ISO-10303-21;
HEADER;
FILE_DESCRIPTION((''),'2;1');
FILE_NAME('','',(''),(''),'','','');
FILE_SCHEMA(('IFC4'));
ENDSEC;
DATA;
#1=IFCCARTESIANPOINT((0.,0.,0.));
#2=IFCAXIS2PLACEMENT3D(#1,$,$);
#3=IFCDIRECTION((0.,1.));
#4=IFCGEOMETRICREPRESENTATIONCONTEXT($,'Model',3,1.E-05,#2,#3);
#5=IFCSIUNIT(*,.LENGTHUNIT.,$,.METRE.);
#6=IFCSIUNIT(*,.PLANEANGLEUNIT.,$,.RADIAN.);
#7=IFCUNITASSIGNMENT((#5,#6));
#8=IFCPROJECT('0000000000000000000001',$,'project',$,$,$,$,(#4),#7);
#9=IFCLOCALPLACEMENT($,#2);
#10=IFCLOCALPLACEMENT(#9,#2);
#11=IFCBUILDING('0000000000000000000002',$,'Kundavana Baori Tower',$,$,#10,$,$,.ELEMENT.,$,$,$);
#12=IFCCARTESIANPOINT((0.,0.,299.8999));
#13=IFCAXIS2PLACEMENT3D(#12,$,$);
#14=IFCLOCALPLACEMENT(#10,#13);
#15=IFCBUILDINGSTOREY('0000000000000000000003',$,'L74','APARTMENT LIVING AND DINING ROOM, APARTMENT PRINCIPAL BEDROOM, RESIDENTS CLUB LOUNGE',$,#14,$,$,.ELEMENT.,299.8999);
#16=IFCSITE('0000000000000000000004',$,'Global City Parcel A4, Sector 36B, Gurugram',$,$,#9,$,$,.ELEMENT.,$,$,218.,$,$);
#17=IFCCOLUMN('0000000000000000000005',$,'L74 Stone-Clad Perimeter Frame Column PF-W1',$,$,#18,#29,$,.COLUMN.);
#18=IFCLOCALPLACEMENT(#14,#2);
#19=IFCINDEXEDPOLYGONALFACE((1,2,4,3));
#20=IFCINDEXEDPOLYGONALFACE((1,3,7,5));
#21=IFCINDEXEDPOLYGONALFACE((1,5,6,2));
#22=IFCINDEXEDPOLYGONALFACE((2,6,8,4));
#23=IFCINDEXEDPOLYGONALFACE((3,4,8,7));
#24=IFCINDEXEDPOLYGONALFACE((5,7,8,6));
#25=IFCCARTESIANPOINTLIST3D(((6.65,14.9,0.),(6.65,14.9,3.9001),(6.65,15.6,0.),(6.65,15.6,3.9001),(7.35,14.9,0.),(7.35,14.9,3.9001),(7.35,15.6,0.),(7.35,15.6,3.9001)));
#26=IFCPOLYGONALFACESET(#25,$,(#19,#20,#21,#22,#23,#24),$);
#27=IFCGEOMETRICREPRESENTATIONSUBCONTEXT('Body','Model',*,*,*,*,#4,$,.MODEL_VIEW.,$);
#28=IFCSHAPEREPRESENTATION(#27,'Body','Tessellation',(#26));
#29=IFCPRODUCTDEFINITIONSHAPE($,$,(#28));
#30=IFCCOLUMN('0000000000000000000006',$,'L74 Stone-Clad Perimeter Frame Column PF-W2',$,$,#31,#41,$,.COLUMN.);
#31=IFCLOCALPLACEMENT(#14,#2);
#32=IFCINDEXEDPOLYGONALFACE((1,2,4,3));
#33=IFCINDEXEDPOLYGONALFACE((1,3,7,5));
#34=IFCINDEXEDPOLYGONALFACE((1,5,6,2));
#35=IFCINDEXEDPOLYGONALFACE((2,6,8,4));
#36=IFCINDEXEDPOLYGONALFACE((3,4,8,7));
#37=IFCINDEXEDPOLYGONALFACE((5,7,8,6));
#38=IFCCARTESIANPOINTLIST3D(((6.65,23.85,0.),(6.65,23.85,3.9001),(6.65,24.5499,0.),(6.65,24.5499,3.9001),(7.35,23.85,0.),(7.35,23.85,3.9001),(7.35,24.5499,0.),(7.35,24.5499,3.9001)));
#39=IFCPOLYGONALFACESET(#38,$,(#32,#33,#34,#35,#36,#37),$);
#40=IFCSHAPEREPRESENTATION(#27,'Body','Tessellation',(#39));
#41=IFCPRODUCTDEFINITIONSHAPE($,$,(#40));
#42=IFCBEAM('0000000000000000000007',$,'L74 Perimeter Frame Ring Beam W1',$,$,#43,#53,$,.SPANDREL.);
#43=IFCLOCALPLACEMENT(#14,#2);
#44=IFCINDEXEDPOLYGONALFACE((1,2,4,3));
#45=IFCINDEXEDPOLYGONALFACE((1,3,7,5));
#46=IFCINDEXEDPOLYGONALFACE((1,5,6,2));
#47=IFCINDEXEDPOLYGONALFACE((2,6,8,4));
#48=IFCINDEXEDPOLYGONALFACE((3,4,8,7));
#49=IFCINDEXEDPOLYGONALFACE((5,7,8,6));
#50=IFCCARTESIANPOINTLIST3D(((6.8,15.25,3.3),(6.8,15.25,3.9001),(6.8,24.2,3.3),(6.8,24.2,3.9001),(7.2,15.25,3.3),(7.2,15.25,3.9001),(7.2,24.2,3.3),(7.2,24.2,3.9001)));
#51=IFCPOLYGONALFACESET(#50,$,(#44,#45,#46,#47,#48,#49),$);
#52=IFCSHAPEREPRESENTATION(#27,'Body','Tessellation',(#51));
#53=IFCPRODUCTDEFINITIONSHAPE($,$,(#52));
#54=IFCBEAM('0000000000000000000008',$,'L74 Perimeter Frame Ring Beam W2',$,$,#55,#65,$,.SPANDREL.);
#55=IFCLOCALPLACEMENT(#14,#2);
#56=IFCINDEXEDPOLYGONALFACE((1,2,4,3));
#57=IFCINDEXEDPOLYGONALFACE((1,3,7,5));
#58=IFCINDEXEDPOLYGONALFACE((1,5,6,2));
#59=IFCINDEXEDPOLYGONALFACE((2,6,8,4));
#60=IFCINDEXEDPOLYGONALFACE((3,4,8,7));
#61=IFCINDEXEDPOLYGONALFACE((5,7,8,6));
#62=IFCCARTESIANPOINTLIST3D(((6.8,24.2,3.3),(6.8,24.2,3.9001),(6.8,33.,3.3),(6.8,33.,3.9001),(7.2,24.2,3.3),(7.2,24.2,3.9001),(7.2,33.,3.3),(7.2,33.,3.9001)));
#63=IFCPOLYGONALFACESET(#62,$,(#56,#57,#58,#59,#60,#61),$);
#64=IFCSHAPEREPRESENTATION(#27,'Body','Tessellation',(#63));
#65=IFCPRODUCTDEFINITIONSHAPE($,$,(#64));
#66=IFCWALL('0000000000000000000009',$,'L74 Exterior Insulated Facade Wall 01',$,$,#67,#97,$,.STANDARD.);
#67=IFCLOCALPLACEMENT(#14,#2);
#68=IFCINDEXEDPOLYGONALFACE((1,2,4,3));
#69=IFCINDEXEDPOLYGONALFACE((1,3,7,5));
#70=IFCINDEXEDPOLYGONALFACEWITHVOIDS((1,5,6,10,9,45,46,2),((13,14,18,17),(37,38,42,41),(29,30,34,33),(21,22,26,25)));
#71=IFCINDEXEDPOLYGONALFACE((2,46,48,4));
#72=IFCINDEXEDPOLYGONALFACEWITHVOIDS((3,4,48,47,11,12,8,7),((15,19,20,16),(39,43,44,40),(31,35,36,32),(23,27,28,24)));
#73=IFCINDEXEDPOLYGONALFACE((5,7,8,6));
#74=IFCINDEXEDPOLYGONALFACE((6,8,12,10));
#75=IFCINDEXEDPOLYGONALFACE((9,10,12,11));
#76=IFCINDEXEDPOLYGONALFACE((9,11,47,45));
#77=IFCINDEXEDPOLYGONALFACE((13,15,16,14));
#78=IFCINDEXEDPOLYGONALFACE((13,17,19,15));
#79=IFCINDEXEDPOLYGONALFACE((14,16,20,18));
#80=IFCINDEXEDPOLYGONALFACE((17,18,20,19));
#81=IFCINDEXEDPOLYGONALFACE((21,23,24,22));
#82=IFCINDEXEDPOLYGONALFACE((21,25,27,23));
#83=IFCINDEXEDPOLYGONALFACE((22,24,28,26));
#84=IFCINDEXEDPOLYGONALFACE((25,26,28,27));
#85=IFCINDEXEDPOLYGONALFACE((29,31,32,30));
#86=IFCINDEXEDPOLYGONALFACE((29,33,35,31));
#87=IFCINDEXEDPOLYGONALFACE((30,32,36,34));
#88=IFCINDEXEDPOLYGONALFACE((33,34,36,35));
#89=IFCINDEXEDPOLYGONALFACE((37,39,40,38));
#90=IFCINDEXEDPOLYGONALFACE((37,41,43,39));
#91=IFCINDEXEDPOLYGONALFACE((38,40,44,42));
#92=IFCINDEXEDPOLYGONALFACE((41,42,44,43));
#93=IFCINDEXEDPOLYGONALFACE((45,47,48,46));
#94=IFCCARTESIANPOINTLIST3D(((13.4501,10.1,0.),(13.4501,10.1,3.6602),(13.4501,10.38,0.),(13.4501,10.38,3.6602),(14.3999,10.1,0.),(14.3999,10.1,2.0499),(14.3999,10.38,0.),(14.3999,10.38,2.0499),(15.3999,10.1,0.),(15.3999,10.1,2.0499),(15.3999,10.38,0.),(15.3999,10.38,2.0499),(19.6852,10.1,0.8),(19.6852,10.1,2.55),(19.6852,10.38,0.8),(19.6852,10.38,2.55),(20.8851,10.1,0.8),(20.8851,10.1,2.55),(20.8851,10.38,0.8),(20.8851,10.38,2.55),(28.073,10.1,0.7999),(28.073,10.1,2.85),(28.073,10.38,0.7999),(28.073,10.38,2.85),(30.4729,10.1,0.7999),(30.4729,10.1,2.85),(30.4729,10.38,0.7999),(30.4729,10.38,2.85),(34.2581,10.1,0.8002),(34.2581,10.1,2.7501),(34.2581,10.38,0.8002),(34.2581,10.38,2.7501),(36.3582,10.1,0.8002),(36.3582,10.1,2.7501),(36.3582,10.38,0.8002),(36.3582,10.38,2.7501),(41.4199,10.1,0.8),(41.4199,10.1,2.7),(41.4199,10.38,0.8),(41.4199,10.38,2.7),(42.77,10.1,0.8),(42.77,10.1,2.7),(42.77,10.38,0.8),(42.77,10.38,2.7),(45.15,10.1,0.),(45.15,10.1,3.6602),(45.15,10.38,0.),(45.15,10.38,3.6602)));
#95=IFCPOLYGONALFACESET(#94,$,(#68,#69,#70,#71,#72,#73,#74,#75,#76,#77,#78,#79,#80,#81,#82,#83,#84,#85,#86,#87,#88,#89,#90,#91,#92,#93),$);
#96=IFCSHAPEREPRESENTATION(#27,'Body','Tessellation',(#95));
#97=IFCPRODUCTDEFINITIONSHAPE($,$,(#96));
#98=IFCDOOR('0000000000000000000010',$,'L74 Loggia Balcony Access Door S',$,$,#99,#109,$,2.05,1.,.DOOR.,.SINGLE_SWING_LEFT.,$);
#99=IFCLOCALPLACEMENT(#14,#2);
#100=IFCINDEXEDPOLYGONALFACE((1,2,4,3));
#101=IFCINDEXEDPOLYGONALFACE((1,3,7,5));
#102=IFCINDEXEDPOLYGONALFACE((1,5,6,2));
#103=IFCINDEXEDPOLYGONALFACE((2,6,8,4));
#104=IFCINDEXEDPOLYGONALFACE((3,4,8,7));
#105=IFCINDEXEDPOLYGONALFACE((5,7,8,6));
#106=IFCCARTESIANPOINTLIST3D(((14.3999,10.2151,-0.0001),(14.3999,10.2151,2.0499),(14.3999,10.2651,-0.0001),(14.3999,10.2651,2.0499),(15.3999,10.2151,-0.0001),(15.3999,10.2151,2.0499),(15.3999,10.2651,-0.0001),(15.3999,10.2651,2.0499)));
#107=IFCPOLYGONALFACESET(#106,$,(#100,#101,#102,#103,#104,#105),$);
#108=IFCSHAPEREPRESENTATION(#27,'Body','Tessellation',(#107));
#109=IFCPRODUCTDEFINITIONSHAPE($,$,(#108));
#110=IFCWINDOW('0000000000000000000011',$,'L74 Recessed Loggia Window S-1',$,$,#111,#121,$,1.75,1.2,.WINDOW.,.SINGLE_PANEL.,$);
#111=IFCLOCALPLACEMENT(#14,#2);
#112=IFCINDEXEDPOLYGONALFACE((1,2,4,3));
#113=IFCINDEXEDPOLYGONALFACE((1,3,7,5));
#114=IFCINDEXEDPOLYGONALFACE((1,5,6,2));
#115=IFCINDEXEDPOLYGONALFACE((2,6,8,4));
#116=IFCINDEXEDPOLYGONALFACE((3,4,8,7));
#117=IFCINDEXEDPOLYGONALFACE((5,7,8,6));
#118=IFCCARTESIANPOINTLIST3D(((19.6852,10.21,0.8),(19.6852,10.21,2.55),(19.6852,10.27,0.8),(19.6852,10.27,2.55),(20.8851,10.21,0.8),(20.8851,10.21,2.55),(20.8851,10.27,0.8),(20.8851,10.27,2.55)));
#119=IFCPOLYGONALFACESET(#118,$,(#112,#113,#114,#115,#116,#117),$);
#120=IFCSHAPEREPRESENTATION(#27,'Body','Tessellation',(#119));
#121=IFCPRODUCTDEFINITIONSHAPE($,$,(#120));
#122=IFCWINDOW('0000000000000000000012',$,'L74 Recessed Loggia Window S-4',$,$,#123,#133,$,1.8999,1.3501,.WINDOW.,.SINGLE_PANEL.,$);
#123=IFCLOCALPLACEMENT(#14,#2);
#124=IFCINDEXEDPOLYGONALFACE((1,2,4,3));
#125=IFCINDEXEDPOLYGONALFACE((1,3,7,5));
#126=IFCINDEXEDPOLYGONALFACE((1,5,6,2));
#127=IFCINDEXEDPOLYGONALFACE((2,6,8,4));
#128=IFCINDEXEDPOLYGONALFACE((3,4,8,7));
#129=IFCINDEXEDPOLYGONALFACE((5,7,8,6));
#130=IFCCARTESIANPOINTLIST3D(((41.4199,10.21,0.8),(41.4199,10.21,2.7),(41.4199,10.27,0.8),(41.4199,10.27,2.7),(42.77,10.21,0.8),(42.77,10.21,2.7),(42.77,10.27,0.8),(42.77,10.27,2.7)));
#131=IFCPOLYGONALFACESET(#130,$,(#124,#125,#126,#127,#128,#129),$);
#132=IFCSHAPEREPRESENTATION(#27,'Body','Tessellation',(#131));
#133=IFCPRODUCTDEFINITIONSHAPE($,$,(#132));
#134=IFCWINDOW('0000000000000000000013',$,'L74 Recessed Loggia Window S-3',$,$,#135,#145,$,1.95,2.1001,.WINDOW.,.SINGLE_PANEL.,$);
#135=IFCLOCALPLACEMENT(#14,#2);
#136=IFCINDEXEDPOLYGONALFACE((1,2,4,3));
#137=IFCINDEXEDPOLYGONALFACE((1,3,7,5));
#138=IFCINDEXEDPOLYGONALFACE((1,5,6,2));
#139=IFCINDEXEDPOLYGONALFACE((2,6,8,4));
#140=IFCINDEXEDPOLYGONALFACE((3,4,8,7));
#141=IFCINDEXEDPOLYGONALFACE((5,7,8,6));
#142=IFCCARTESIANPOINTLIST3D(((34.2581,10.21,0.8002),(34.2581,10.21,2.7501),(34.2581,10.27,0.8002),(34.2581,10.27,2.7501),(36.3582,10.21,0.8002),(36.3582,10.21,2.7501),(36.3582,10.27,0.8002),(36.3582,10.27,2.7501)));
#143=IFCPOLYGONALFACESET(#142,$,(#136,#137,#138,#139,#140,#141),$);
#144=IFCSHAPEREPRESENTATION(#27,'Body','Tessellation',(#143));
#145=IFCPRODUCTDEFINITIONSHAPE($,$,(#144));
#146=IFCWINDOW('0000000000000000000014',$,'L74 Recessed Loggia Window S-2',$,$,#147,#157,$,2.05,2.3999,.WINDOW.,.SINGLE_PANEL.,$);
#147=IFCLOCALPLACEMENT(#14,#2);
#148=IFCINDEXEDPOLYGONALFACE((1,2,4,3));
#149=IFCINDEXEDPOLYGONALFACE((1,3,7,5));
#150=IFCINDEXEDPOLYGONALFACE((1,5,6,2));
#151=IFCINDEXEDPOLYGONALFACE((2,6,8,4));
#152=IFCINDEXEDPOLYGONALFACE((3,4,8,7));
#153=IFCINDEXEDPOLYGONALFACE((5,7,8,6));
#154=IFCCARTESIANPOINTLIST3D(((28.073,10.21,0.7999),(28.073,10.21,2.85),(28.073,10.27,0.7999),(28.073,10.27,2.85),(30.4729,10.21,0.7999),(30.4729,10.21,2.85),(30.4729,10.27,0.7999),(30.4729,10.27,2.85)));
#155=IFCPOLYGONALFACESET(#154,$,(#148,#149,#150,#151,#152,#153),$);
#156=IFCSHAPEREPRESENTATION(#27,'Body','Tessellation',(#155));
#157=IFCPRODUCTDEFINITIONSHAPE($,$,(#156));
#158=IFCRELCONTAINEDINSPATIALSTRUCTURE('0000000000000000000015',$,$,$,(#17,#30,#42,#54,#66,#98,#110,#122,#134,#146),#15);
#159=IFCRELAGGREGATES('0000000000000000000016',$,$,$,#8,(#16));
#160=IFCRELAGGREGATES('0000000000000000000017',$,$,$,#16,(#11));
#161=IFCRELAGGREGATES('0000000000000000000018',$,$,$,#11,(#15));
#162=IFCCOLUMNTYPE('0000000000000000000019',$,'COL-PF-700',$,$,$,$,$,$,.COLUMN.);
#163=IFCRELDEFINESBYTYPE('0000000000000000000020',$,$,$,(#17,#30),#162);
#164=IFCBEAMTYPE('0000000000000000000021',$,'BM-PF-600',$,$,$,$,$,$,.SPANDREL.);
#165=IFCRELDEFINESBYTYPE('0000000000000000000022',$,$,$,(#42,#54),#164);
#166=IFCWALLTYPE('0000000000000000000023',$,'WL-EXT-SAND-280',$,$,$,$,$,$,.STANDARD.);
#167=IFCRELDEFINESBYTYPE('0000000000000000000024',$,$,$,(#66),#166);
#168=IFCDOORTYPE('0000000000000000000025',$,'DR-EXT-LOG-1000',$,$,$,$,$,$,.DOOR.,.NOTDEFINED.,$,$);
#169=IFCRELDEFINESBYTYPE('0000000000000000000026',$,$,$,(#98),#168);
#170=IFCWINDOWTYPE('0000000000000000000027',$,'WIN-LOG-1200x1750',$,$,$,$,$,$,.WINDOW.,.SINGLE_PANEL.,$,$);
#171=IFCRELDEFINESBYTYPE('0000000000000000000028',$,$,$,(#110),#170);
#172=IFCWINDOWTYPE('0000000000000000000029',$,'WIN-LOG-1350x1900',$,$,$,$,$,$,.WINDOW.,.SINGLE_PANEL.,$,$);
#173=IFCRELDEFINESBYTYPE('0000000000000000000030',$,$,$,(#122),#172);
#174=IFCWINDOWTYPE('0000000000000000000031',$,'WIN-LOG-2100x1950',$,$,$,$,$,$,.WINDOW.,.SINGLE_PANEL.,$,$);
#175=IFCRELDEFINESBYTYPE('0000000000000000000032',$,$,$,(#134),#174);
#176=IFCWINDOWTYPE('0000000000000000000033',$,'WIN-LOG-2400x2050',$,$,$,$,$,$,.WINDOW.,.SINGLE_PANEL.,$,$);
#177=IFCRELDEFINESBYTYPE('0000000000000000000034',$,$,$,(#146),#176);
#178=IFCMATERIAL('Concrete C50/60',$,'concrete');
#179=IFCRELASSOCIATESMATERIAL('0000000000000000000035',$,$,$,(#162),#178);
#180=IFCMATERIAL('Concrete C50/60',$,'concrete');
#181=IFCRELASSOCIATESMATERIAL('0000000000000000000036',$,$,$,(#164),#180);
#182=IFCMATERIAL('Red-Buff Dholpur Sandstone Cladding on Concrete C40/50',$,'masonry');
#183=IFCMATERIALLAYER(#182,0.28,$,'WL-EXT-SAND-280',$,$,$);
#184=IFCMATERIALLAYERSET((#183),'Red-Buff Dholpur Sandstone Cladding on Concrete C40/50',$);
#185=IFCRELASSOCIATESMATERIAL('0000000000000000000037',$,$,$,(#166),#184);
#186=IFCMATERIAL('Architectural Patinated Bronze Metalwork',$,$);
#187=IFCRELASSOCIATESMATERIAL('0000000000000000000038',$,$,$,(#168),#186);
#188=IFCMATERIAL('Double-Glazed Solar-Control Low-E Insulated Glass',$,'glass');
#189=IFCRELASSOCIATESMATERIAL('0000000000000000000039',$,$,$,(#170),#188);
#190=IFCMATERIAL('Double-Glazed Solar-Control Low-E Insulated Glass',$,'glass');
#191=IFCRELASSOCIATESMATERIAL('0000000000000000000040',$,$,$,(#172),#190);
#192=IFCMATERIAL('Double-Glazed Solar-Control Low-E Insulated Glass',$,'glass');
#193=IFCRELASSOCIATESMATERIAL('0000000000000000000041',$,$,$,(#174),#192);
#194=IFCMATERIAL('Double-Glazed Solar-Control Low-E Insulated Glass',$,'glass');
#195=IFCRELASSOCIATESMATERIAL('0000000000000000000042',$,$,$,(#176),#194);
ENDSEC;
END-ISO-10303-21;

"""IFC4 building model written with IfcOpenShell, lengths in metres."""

from ifc_helpers import new_model, si_unit, direction, frame, frame_2d, origin, origin_2d, place, context, subcontext, project, spatial, rectangle, extrude, material, layer, layer_set, material_profile, profile_set, type_object, element, fill, save


model = new_model("IFC4")

# Units and contexts
model_context = context("Model", 3, precision=1e-05, world=origin(), true_north=direction((0.0, 1.0)))
body_context = subcontext(model_context, "Body", "Model", "MODEL_VIEW")
ifc_project = project(units=[si_unit("LENGTHUNIT", "METRE"), si_unit("PLANEANGLEUNIT", "RADIAN")], contexts=[model_context])

# Site, building, storey
site_placement = place(None, origin())
site = spatial("IfcSite", under=ifc_project, at=site_placement, Name="Global City Parcel A4, Sector 36B, Gurugram", CompositionType="ELEMENT", RefElevation=218.0)
building_placement = place(site_placement, origin())
building = spatial("IfcBuilding", under=site, at=building_placement, Name="Kundavana Baori Tower", CompositionType="ELEMENT")
storey_placement = place(building_placement, frame((0.0, 0.0, 299.8999)))
storey = spatial("IfcBuildingStorey", under=building, at=storey_placement, Name="L74", Description="APARTMENT LIVING AND DINING ROOM, APARTMENT PRINCIPAL BEDROOM, RESIDENTS CLUB LOUNGE", CompositionType="ELEMENT", Elevation=299.8999)

# Columns
ifc_material_1 = material(Name="Concrete C50/60", Category="concrete")
ifc_material_profile_1 = material_profile(ifc_material_1, rectangle(XDim=0.7, YDim=0.7, at=origin_2d()), Name="RC PF 700x700")
ifc_profile_set_1 = profile_set([ifc_material_profile_1], Name="Concrete C50/60")
column_type = type_object("IfcColumnType", Name="COL-PF-700", PredefinedType="COLUMN", material=ifc_profile_set_1)
for number, where, z_axis, x_axis, name in (
    (1, (7.0, 15.25, 0.0), (0.0, 0.0, 1.0), (1.0, 0.0, 0.0), "L74 Stone-Clad Perimeter Frame Column PF-W1"),
    (2, (7.0, 24.2, 0.0), (0.0, 0.0, 1.0), (1.0, 0.0, 0.0), "L74 Stone-Clad Perimeter Frame Column PF-W2"),
):
    element("IfcColumn", number, at=place(storey_placement, frame(where, z_axis=z_axis, x_axis=x_axis)), inside=storey, type_object=column_type, Name=name, PredefinedType="COLUMN", context=body_context, shape_type="SweptSolid", body=[
        extrude(rectangle(XDim=0.7, YDim=0.7, at=origin_2d()), origin(), (0.0, 0.0, 1.0), 3.9001),
    ])

# Beams
ifc_material_2 = material(Name="Concrete C50/60", Category="concrete")
ifc_material_profile_2 = material_profile(ifc_material_2, rectangle(XDim=0.3999, YDim=0.6001, at=origin_2d()), Name="RC BM 400x600")
ifc_profile_set_2 = profile_set([ifc_material_profile_2], Name="Concrete C50/60")
beam_type = type_object("IfcBeamType", Name="BM-PF-600", PredefinedType="SPANDREL", material=ifc_profile_set_2)
beam_1_placement = place(storey_placement, frame((7.0, 15.25, 3.6001), z_axis=(0.0, 1.0, 0.0), x_axis=(-1.0, 0.0, 0.0)))
element("IfcBeam", 3, at=beam_1_placement, inside=storey, type_object=beam_type, Name="L74 Perimeter Frame Ring Beam W1", PredefinedType="SPANDREL", context=body_context, shape_type="SweptSolid", body=[
    extrude(rectangle(XDim=0.3999, YDim=0.6001, at=origin_2d()), origin(), (0.0, 0.0, 1.0), 8.95),
])
beam_2_placement = place(storey_placement, frame((7.0, 24.2, 3.6001), z_axis=(0.0, 1.0, 0.0), x_axis=(-1.0, 0.0, 0.0)))
element("IfcBeam", 4, at=beam_2_placement, inside=storey, type_object=beam_type, Name="L74 Perimeter Frame Ring Beam W2", PredefinedType="SPANDREL", context=body_context, shape_type="SweptSolid", body=[
    extrude(rectangle(XDim=0.3999, YDim=0.6001, at=origin_2d()), origin(), (0.0, 0.0, 1.0), 8.8),
])

# Wall, openings, door, windows
ifc_material_3 = material(Name="Red-Buff Dholpur Sandstone Cladding on Concrete C40/50", Category="masonry")
ifc_layer_1 = layer(ifc_material_3, 0.28, Name="WL-EXT-SAND-280")
ifc_layer_set_1 = layer_set([ifc_layer_1], Name="Red-Buff Dholpur Sandstone Cladding on Concrete C40/50")
wall_type_1 = type_object("IfcWallType", Name="WL-EXT-SAND-280", PredefinedType="STANDARD", material=ifc_layer_set_1)
wall_1_placement = place(storey_placement, frame((13.45, 10.24, 0.0), z_axis=(0.0, 0.0, 1.0), x_axis=(1.0, 0.0, 0.0)))
wall_1 = element("IfcWall", 5, at=wall_1_placement, inside=storey, type_object=wall_type_1, Name="L74 Exterior Insulated Facade Wall 01", PredefinedType="STANDARD", context=body_context, shape_type="SweptSolid", body=[
    extrude(rectangle(XDim=31.7, YDim=0.28, at=frame_2d((15.8501, 0.0))), origin(), (0.0, 0.0, 1.0), 3.6602),
])
opening_1_placement = place(wall_1_placement, frame((0.95, 0.0, 0.0)))
opening_1 = element("IfcOpeningElement", 6, at=opening_1_placement, cuts=wall_1, PredefinedType="OPENING", context=body_context, shape_type="SweptSolid", body=[
    extrude(rectangle(XDim=1.0, YDim=2.05, at=frame_2d((0.5, 1.0249))), frame((0.0, 0.1499, 0.0), z_axis=(0.0, -1.0, 0.0), x_axis=(1.0, 0.0, 0.0)), (0.0, 0.0, 1.0), 0.3),
])
opening_2_placement = place(wall_1_placement, frame((6.2351, 0.0, 0.8)))
opening_2 = element("IfcOpeningElement", 7, at=opening_2_placement, cuts=wall_1, PredefinedType="OPENING", context=body_context, shape_type="SweptSolid", body=[
    extrude(rectangle(XDim=1.2, YDim=1.75, at=frame_2d((0.6001, 0.875))), frame((0.0, 0.1499, 0.0), z_axis=(0.0, -1.0, 0.0), x_axis=(1.0, 0.0, 0.0)), (0.0, 0.0, 1.0), 0.3),
])
opening_3_placement = place(wall_1_placement, frame((14.623, 0.0, 0.8)))
opening_3 = element("IfcOpeningElement", 8, at=opening_3_placement, cuts=wall_1, PredefinedType="OPENING", context=body_context, shape_type="SweptSolid", body=[
    extrude(rectangle(XDim=2.3999, YDim=2.05, at=frame_2d((1.2, 1.0249))), frame((0.0, 0.1499, 0.0), z_axis=(0.0, -1.0, 0.0), x_axis=(1.0, 0.0, 0.0)), (0.0, 0.0, 1.0), 0.3),
])
opening_4_placement = place(wall_1_placement, frame((20.8081, 0.0, 0.8)))
opening_4 = element("IfcOpeningElement", 9, at=opening_4_placement, cuts=wall_1, PredefinedType="OPENING", context=body_context, shape_type="SweptSolid", body=[
    extrude(rectangle(XDim=2.1001, YDim=1.95, at=frame_2d((1.05, 0.9751))), frame((0.0, 0.1499, 0.0), z_axis=(0.0, -1.0, 0.0), x_axis=(1.0, 0.0, 0.0)), (0.0, 0.0, 1.0), 0.3),
])
opening_5_placement = place(wall_1_placement, frame((27.97, 0.0, 0.8)))
opening_5 = element("IfcOpeningElement", 10, at=opening_5_placement, cuts=wall_1, PredefinedType="OPENING", context=body_context, shape_type="SweptSolid", body=[
    extrude(rectangle(XDim=1.3501, YDim=1.8999, at=frame_2d((0.675, 0.95))), frame((0.0, 0.1499, 0.0), z_axis=(0.0, -1.0, 0.0), x_axis=(1.0, 0.0, 0.0)), (0.0, 0.0, 1.0), 0.3),
])
ifc_material_4 = material(Name="Architectural Patinated Bronze Metalwork")
door_type_1 = type_object("IfcDoorType", Name="DR-EXT-LOG-1000", OperationType="NOTDEFINED", PredefinedType="DOOR", material=ifc_material_4)
door_1_placement = place(opening_1_placement, frame((1.0, 0.0, 0.0), z_axis=(0.0, 0.0, 1.0), x_axis=(-1.0, 0.0, 0.0)))
door_1 = element("IfcDoor", 11, at=door_1_placement, inside=storey, type_object=door_type_1, Name="L74 Loggia Balcony Access Door S", OperationType="SINGLE_SWING_LEFT", OverallHeight=2.05, OverallWidth=1.0, PredefinedType="DOOR", context=body_context, shape_type="SweptSolid", body=[
    extrude(rectangle(XDim=1.0, YDim=2.05, at=frame_2d((0.5, 1.0249))), frame((0.0, 0.0249, 0.0), z_axis=(0.0, -1.0, 0.0), x_axis=(1.0, 0.0, 0.0)), (0.0, 0.0, 1.0), 0.05),
])
fill(opening_1, door_1)
ifc_material_5 = material(Name="Double-Glazed Solar-Control Low-E Insulated Glass", Category="glass")
window_type_1 = type_object("IfcWindowType", Name="WIN-LOG-1200x1750", PartitioningType="SINGLE_PANEL", PredefinedType="WINDOW", material=ifc_material_5)
window_1_placement = place(opening_2_placement, origin())
window_1 = element("IfcWindow", 12, at=window_1_placement, inside=storey, type_object=window_type_1, Name="L74 Recessed Loggia Window S-1", OverallHeight=1.75, OverallWidth=1.2, PartitioningType="SINGLE_PANEL", PredefinedType="WINDOW", context=body_context, shape_type="SweptSolid", body=[
    extrude(rectangle(XDim=1.2, YDim=1.75, at=frame_2d((0.6001, 0.875))), frame((0.0, 0.03, 0.0), z_axis=(0.0, -1.0, 0.0), x_axis=(1.0, 0.0, 0.0)), (0.0, 0.0, 1.0), 0.0601),
])
fill(opening_2, window_1)
ifc_material_6 = material(Name="Double-Glazed Solar-Control Low-E Insulated Glass", Category="glass")
window_type_2 = type_object("IfcWindowType", Name="WIN-LOG-1350x1900", PartitioningType="SINGLE_PANEL", PredefinedType="WINDOW", material=ifc_material_6)
window_2_placement = place(opening_5_placement, origin())
window_2 = element("IfcWindow", 13, at=window_2_placement, inside=storey, type_object=window_type_2, Name="L74 Recessed Loggia Window S-4", OverallHeight=1.8999, OverallWidth=1.3501, PartitioningType="SINGLE_PANEL", PredefinedType="WINDOW", context=body_context, shape_type="SweptSolid", body=[
    extrude(rectangle(XDim=1.3501, YDim=1.8999, at=frame_2d((0.675, 0.95))), frame((0.0, 0.03, 0.0), z_axis=(0.0, -1.0, 0.0), x_axis=(1.0, 0.0, 0.0)), (0.0, 0.0, 1.0), 0.0601),
])
fill(opening_5, window_2)
ifc_material_7 = material(Name="Double-Glazed Solar-Control Low-E Insulated Glass", Category="glass")
window_type_3 = type_object("IfcWindowType", Name="WIN-LOG-2100x1950", PartitioningType="SINGLE_PANEL", PredefinedType="WINDOW", material=ifc_material_7)
window_3_placement = place(opening_4_placement, origin())
window_3 = element("IfcWindow", 14, at=window_3_placement, inside=storey, type_object=window_type_3, Name="L74 Recessed Loggia Window S-3", OverallHeight=1.95, OverallWidth=2.1001, PartitioningType="SINGLE_PANEL", PredefinedType="WINDOW", context=body_context, shape_type="SweptSolid", body=[
    extrude(rectangle(XDim=2.1001, YDim=1.95, at=frame_2d((1.05, 0.9751))), frame((0.0, 0.03, 0.0), z_axis=(0.0, -1.0, 0.0), x_axis=(1.0, 0.0, 0.0)), (0.0, 0.0, 1.0), 0.0601),
])
fill(opening_4, window_3)
ifc_material_8 = material(Name="Double-Glazed Solar-Control Low-E Insulated Glass", Category="glass")
window_type_4 = type_object("IfcWindowType", Name="WIN-LOG-2400x2050", PartitioningType="SINGLE_PANEL", PredefinedType="WINDOW", material=ifc_material_8)
window_4_placement = place(opening_3_placement, origin())
window_4 = element("IfcWindow", 15, at=window_4_placement, inside=storey, type_object=window_type_4, Name="L74 Recessed Loggia Window S-2", OverallHeight=2.05, OverallWidth=2.3999, PartitioningType="SINGLE_PANEL", PredefinedType="WINDOW", context=body_context, shape_type="SweptSolid", body=[
    extrude(rectangle(XDim=2.3999, YDim=2.05, at=frame_2d((1.2, 1.0249))), frame((0.0, 0.03, 0.0), z_axis=(0.0, -1.0, 0.0), x_axis=(1.0, 0.0, 0.0)), (0.0, 0.0, 1.0), 0.0601),
])
fill(opening_3, window_4)

save(model, "model.ifc")
